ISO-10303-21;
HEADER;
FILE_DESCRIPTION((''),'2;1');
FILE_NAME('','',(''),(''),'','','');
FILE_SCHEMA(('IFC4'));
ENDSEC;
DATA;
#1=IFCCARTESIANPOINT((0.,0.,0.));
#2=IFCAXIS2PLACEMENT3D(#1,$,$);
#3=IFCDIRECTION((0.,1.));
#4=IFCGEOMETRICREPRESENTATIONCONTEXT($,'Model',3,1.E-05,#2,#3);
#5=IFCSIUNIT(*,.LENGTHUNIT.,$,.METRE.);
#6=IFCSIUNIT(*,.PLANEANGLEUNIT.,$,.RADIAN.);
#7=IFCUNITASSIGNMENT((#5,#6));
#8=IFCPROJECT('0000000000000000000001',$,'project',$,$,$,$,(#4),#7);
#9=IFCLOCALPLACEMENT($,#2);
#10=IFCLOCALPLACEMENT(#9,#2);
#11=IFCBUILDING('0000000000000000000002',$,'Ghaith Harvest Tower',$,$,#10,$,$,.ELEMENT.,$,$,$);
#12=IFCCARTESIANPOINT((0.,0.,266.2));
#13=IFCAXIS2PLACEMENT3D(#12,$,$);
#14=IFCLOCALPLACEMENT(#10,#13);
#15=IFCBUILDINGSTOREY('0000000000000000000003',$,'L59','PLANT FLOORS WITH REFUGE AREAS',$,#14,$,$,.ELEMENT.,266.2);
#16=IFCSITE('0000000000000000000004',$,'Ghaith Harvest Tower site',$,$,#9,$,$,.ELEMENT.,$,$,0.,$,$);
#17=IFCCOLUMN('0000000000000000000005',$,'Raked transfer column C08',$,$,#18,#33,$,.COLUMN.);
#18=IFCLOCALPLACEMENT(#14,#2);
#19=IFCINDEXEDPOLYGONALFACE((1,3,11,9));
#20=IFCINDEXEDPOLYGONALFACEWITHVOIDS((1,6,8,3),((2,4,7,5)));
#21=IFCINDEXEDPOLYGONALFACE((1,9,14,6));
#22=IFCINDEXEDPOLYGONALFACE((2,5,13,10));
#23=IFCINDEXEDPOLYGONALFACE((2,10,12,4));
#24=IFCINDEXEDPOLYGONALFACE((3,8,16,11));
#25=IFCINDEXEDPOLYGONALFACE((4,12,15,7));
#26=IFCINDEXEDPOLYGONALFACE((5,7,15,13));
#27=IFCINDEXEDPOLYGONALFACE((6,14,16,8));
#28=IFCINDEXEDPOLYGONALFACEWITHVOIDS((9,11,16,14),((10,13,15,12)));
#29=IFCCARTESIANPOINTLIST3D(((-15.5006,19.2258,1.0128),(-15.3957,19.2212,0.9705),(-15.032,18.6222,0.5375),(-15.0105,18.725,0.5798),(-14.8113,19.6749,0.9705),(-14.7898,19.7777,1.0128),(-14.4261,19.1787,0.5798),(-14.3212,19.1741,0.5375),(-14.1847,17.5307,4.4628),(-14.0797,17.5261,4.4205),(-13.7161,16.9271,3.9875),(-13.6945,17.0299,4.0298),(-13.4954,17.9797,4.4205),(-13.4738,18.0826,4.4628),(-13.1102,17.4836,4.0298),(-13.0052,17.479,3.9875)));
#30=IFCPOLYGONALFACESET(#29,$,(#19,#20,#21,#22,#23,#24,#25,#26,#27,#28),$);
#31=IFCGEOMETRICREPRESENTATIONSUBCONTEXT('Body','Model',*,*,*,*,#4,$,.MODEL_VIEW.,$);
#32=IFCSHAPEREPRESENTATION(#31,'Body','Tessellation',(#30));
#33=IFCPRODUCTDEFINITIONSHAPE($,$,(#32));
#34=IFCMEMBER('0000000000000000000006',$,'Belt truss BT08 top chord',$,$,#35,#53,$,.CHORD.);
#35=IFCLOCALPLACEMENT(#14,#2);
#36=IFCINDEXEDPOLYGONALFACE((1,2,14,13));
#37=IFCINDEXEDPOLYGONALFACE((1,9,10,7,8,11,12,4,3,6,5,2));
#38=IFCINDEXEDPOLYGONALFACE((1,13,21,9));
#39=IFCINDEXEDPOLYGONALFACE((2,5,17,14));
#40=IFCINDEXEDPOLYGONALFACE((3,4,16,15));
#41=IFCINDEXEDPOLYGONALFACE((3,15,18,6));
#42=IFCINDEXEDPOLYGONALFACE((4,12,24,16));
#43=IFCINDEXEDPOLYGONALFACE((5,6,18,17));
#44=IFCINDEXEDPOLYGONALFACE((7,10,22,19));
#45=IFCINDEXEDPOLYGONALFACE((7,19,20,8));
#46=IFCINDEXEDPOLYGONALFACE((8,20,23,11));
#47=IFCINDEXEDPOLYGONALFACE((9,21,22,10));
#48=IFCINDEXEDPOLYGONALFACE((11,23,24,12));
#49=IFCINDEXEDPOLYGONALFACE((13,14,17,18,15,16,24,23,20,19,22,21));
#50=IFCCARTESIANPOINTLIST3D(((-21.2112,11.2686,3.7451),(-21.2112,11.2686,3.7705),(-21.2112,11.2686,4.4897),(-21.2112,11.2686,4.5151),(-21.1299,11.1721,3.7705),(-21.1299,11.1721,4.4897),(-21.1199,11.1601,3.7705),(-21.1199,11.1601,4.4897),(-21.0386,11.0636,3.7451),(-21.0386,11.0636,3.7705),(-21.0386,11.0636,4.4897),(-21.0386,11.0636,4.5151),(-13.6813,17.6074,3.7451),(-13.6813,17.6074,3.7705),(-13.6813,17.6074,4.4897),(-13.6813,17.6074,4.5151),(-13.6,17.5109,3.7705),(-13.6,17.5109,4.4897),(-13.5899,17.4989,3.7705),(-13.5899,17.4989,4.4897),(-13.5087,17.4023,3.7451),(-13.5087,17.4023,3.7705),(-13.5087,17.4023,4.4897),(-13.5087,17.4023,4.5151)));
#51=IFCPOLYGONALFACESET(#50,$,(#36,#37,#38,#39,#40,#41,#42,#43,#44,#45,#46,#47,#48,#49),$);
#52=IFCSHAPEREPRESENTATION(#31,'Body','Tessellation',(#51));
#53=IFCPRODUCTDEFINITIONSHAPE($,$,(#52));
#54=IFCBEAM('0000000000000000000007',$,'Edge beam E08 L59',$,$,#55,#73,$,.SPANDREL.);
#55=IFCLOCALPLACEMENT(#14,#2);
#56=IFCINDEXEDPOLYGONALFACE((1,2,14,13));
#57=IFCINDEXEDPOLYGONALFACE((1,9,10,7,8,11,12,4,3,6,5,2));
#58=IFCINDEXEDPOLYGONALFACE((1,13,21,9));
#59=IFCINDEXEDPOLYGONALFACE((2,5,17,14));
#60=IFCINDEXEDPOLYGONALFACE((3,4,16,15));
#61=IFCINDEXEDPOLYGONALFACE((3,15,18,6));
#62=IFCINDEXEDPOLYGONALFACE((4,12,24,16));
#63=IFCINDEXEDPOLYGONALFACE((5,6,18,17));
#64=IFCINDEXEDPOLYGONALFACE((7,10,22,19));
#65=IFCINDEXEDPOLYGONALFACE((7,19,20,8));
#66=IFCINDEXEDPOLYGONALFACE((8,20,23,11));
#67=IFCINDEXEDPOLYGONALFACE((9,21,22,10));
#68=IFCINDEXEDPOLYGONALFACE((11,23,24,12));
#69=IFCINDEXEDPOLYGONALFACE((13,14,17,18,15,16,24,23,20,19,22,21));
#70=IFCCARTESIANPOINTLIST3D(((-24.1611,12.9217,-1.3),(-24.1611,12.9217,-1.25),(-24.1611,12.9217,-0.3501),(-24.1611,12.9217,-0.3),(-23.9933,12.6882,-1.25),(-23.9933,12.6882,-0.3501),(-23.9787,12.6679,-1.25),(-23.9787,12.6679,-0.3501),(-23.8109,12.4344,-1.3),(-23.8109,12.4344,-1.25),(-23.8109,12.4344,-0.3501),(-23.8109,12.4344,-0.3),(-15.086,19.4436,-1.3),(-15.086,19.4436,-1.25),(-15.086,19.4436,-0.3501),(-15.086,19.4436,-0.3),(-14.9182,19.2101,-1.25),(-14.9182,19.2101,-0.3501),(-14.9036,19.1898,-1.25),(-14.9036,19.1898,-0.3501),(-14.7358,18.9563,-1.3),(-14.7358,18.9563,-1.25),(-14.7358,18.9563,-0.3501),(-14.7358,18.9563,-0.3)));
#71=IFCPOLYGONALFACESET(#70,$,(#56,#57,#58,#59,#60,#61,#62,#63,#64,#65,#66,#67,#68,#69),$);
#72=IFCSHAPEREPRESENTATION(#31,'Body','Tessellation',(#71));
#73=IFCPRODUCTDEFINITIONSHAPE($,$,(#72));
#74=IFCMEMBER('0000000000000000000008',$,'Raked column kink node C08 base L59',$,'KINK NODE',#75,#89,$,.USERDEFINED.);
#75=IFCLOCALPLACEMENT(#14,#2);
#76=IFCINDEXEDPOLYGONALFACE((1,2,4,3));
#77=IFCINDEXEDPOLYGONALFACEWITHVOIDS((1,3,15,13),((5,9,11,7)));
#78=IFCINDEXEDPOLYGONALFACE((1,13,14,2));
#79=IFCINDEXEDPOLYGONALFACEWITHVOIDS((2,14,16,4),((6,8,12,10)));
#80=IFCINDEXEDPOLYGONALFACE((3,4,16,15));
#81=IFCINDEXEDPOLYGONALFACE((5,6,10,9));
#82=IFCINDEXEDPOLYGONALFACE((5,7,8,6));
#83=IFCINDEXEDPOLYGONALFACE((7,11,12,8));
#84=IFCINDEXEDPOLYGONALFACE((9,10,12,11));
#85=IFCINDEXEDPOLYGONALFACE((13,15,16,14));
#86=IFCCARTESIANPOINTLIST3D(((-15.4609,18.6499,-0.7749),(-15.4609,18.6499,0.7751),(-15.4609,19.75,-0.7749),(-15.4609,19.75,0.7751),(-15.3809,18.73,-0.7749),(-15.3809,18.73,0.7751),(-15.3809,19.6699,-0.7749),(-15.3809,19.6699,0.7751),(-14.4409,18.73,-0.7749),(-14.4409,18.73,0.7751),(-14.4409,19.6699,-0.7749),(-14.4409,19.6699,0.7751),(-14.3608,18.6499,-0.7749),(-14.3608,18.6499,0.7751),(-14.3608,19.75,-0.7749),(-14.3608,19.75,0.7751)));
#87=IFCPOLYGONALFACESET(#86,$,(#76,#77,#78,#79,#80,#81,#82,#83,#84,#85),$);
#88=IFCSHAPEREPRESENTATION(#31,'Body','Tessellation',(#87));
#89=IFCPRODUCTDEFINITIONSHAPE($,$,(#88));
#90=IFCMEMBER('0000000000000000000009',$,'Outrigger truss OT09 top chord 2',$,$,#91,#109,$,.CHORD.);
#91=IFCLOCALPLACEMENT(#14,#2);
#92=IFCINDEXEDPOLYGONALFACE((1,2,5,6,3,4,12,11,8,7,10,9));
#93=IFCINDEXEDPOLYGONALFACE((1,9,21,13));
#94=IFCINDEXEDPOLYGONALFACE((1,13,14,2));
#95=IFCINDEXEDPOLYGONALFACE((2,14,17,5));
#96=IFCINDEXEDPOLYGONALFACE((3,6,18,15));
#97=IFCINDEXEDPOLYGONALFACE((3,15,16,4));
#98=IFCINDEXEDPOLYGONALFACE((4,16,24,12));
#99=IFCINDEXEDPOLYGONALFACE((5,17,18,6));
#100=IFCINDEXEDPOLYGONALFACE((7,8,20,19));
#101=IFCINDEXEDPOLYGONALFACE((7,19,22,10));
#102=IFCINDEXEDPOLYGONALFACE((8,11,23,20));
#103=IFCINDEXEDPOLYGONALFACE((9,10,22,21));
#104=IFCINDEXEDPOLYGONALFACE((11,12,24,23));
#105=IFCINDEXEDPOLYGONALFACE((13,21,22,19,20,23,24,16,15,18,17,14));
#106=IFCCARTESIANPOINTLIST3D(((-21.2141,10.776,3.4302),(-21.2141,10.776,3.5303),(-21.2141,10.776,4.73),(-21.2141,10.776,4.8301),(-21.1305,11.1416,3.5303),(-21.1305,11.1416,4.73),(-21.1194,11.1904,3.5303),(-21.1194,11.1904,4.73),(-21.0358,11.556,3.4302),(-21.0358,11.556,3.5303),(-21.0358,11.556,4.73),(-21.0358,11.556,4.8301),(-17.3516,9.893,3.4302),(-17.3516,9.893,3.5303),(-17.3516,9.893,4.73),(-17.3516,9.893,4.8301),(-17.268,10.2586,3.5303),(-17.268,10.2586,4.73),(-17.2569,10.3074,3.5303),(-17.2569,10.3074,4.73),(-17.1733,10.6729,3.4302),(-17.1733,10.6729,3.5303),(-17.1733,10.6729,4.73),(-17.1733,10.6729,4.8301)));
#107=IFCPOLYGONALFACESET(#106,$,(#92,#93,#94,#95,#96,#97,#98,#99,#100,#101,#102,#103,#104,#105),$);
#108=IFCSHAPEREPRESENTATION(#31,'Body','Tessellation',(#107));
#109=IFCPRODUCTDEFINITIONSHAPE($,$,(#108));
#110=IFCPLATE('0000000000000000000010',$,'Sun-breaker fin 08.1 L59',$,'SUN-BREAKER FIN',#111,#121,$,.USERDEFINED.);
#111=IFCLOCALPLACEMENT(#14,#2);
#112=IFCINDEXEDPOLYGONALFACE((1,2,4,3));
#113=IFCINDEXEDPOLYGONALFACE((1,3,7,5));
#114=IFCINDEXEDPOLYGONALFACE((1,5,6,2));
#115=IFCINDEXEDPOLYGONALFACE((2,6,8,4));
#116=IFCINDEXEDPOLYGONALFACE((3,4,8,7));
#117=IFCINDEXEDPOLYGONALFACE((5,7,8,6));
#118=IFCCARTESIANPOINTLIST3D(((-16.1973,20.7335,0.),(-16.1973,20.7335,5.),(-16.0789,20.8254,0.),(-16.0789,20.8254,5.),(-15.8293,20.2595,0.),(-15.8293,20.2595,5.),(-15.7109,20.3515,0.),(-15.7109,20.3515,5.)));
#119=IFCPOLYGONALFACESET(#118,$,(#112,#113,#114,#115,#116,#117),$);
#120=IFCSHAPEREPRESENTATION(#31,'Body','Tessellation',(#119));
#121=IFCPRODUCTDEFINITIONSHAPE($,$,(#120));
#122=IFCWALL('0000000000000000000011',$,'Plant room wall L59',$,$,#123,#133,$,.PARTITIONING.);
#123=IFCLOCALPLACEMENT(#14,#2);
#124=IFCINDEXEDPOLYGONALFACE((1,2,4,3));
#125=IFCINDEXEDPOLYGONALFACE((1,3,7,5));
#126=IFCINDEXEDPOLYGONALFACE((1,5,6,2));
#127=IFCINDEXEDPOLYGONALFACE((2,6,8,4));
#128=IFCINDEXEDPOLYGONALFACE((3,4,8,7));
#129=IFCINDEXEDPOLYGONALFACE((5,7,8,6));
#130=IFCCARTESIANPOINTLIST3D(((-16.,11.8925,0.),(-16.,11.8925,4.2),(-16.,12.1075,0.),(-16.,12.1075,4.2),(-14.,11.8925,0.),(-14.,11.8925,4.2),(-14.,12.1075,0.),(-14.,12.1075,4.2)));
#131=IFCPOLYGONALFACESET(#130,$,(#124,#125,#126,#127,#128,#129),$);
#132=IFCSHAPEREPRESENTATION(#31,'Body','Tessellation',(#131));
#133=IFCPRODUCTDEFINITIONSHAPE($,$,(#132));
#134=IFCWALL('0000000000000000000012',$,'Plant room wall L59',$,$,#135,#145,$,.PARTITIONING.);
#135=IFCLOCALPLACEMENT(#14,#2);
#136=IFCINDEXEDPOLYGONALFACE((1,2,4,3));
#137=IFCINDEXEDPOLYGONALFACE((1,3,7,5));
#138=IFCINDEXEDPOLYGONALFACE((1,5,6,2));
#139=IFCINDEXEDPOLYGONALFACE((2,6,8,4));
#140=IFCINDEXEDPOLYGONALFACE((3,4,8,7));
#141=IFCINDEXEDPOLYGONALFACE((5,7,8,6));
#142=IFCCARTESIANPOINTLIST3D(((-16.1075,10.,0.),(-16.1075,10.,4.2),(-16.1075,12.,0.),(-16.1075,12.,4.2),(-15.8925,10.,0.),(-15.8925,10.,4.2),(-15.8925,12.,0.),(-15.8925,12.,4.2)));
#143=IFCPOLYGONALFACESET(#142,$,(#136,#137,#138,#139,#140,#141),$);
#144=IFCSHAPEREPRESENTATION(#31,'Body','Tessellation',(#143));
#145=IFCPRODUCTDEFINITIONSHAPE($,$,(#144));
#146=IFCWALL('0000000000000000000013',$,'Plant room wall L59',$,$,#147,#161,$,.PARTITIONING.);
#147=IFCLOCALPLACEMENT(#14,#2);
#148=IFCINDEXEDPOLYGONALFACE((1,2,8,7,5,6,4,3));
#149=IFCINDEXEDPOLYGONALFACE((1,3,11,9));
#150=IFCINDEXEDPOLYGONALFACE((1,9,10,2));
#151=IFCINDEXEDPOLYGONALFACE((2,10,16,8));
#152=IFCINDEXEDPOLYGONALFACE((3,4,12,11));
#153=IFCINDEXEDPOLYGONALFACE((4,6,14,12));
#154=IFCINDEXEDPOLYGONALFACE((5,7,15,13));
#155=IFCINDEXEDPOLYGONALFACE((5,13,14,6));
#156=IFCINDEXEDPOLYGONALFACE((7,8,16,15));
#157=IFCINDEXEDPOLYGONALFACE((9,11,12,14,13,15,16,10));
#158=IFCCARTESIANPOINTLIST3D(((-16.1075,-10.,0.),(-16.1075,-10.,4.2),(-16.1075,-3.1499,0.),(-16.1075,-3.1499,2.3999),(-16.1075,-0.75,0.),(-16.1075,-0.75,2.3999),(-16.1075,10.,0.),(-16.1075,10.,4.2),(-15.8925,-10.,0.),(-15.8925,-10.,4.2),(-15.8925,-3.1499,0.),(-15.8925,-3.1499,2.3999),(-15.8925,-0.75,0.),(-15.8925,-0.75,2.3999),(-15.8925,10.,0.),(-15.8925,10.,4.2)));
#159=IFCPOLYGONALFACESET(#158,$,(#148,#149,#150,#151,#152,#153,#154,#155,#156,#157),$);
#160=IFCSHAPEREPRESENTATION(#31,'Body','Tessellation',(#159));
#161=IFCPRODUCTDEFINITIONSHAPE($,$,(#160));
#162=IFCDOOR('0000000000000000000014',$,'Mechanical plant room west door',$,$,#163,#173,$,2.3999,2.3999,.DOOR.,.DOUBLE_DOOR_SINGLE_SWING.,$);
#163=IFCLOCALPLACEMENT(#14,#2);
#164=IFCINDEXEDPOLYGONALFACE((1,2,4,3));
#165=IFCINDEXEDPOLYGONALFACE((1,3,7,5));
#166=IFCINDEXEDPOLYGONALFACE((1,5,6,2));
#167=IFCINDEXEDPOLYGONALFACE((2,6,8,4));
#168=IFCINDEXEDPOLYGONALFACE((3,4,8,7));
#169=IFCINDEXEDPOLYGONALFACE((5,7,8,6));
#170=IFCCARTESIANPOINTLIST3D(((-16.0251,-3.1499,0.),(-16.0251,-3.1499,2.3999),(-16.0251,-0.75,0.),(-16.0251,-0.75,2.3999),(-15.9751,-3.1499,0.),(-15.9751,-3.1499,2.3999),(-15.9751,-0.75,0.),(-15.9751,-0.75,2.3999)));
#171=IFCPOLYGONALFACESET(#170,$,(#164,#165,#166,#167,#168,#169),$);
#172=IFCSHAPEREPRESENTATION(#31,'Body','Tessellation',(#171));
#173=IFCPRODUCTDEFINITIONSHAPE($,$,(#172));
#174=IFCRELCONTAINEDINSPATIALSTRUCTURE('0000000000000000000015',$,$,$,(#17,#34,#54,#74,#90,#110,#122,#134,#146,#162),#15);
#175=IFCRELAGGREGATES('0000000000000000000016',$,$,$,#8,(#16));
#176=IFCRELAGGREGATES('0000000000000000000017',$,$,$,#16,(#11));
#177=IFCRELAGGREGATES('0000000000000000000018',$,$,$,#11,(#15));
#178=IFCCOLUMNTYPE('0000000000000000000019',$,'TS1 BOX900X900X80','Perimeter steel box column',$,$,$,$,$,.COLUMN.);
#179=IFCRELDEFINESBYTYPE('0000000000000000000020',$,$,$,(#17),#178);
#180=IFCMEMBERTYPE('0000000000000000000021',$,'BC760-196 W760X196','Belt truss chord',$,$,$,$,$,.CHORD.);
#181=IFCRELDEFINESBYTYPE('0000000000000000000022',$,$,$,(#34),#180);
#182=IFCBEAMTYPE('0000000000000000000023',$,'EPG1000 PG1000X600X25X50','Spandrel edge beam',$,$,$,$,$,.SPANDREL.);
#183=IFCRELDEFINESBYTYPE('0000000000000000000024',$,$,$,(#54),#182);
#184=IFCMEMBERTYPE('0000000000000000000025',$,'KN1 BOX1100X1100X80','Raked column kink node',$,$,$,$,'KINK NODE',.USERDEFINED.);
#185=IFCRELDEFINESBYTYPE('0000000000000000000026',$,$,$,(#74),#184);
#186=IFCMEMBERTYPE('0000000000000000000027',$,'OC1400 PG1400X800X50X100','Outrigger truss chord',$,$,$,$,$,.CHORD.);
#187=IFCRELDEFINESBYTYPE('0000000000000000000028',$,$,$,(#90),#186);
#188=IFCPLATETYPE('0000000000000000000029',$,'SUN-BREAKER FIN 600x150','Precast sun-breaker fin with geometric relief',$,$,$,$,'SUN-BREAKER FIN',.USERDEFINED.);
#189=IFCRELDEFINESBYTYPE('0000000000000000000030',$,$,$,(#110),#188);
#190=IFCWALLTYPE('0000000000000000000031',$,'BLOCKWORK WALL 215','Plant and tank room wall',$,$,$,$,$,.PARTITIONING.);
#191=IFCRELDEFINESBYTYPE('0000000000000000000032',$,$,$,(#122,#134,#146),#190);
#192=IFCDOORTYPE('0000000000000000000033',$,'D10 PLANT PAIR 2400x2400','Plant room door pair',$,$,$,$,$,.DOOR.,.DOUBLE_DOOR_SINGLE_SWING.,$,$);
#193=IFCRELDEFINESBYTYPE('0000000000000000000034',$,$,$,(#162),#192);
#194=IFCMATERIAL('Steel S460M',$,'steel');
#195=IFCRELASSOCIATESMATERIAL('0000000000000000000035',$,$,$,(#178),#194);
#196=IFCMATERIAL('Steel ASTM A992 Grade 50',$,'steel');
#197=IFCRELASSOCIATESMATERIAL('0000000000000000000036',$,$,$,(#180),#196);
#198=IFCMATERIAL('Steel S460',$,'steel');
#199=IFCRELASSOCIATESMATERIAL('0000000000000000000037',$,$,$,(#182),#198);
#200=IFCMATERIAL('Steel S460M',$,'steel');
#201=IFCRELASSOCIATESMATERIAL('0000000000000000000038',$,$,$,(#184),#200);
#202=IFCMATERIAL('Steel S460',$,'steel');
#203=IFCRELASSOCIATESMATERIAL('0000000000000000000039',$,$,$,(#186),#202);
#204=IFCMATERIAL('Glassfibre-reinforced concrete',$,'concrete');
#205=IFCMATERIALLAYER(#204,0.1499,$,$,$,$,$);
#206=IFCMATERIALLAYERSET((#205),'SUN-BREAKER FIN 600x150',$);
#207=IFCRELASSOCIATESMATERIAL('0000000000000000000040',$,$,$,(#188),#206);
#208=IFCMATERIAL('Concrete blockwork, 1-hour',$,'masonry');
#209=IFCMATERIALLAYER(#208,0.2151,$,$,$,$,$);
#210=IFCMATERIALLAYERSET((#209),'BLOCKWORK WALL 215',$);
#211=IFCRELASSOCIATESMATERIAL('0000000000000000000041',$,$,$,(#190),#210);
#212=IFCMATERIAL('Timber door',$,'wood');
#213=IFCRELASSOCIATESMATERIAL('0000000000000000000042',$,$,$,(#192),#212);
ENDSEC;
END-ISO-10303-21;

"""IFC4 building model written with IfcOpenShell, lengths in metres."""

from ifc_helpers import new_model, si_unit, direction, frame, frame_2d, origin, origin_2d, place, context, subcontext, project, spatial, rectangle, hollow_rectangle, i_section, extrude, material, layer, layer_set, material_profile, profile_set, type_object, element, fill, save


model = new_model("IFC4")

# Units and contexts
model_context = context("Model", 3, precision=1e-05, world=origin(), true_north=direction((0.0, 1.0)))
body_context = subcontext(model_context, "Body", "Model", "MODEL_VIEW")
ifc_project = project(units=[si_unit("LENGTHUNIT", "METRE"), si_unit("PLANEANGLEUNIT", "RADIAN")], contexts=[model_context])

# Site, building, storey
site_placement = place(None, origin())
site = spatial("IfcSite", under=ifc_project, at=site_placement, Name="Ghaith Harvest Tower site", CompositionType="ELEMENT", RefElevation=0.0)
building_placement = place(site_placement, origin())
building = spatial("IfcBuilding", under=site, at=building_placement, Name="Ghaith Harvest Tower", CompositionType="ELEMENT")
storey_placement = place(building_placement, frame((0.0, 0.0, 266.2)))
storey = spatial("IfcBuildingStorey", under=building, at=storey_placement, Name="L59", Description="PLANT FLOORS WITH REFUGE AREAS", CompositionType="ELEMENT", Elevation=266.2)

# Column
ifc_material_1 = material(Name="Steel S460M", Category="steel")
ifc_material_profile_1 = material_profile(ifc_material_1, hollow_rectangle(XDim=0.8999, YDim=0.8999, WallThickness=0.0801, at=origin_2d()), Name="BOX900X900X80")
ifc_profile_set_1 = profile_set([ifc_material_profile_1], Name="Steel S460M")
column_type = type_object("IfcColumnType", Name="TS1 BOX900X900X80", Description="Perimeter steel box column", PredefinedType="COLUMN", material=ifc_profile_set_1)
column_placement = place(storey_placement, frame((-14.9109, 19.2, 0.7751), z_axis=(0.323887, -0.417208, 0.849138), x_axis=(0.789909, 0.613224, 0.0)))
element("IfcColumn", 1, at=column_placement, inside=storey, type_object=column_type, Name="Raked transfer column C08", PredefinedType="COLUMN", context=body_context, shape_type="SweptSolid", body=[
    extrude(hollow_rectangle(XDim=0.8999, YDim=0.8999, WallThickness=0.0801, at=origin_2d()), origin(), (0.0, 0.0, 1.0), 4.063),
])

# Member
ifc_material_2 = material(Name="Steel ASTM A992 Grade 50", Category="steel")
ifc_material_profile_2 = material_profile(ifc_material_2, i_section(OverallWidth=0.2681, OverallDepth=0.77, WebThickness=0.0156, FlangeThickness=0.0254, at=origin_2d()), Name="W760X196")
ifc_profile_set_2 = profile_set([ifc_material_profile_2], Name="Steel ASTM A992 Grade 50")
member_type_1 = type_object("IfcMemberType", Name="BC760-196 W760X196", Description="Belt truss chord", PredefinedType="CHORD", material=ifc_profile_set_2)
member_1_placement = place(storey_placement, frame((-13.595, 17.5049, 4.1301), z_axis=(-0.765022, -0.644004, 0.0), x_axis=(0.644004, -0.765022, 0.0)))
element("IfcMember", 2, at=member_1_placement, inside=storey, type_object=member_type_1, Name="Belt truss BT08 top chord", PredefinedType="CHORD", context=body_context, shape_type="SweptSolid", body=[
    extrude(i_section(OverallWidth=0.2681, OverallDepth=0.77, WebThickness=0.0156, FlangeThickness=0.0254, at=origin_2d()), origin(), (0.0, 0.0, 1.0), 9.8428),
])

# Beam
ifc_material_3 = material(Name="Steel S460", Category="steel")
ifc_material_profile_3 = material_profile(ifc_material_3, i_section(OverallWidth=0.6001, OverallDepth=1.0, WebThickness=0.0249, FlangeThickness=0.05, at=origin_2d()), Name="PG1000X600X25X50")
ifc_profile_set_3 = profile_set([ifc_material_profile_3], Name="Steel S460")
beam_type = type_object("IfcBeamType", Name="EPG1000 PG1000X600X25X50", Description="Spandrel edge beam", PredefinedType="SPANDREL", material=ifc_profile_set_3)
beam_placement = place(storey_placement, frame((-14.9109, 19.2, -0.8), z_axis=(-0.81205, -0.583587, 0.0), x_axis=(0.583587, -0.81205, 0.0)))
element("IfcBeam", 3, at=beam_placement, inside=storey, type_object=beam_type, Name="Edge beam E08 L59", PredefinedType="SPANDREL", context=body_context, shape_type="SweptSolid", body=[
    extrude(i_section(OverallWidth=0.6001, OverallDepth=1.0, WebThickness=0.0249, FlangeThickness=0.05, at=origin_2d()), origin(), (0.0, 0.0, 1.0), 11.1755),
])

# Members
ifc_material_4 = material(Name="Steel S460M", Category="steel")
ifc_material_profile_4 = material_profile(ifc_material_4, hollow_rectangle(XDim=1.1001, YDim=1.1001, WallThickness=0.0801, at=origin_2d()), Name="BOX1100X1100X80")
ifc_profile_set_4 = profile_set([ifc_material_profile_4], Name="Steel S460M")
member_type_2 = type_object("IfcMemberType", Name="KN1 BOX1100X1100X80", Description="Raked column kink node", ElementType="KINK NODE", PredefinedType="USERDEFINED", material=ifc_profile_set_4)
member_2_placement = place(storey_placement, frame((-14.9109, 19.2, -0.7749), z_axis=(0.0, 0.0, 1.0), x_axis=(1.0, 0.0, 0.0)))
element("IfcMember", 4, at=member_2_placement, inside=storey, type_object=member_type_2, Name="Raked column kink node C08 base L59", ObjectType="KINK NODE", PredefinedType="USERDEFINED", context=body_context, shape_type="SweptSolid", body=[
    extrude(hollow_rectangle(XDim=1.1001, YDim=1.1001, WallThickness=0.0801, at=origin_2d()), origin(), (0.0, 0.0, 1.0), 1.55),
])
ifc_material_5 = material(Name="Steel S460", Category="steel")
ifc_material_profile_5 = material_profile(ifc_material_5, i_section(OverallWidth=0.8, OverallDepth=1.3999, WebThickness=0.05, FlangeThickness=0.1001, at=origin_2d()), Name="PG1400X800X50X100")
ifc_profile_set_5 = profile_set([ifc_material_profile_5], Name="Steel S460")
member_type_3 = type_object("IfcMemberType", Name="OC1400 PG1400X800X50X100", Description="Outrigger truss chord", PredefinedType="CHORD", material=ifc_profile_set_5)
member_3_placement = place(storey_placement, frame((-17.2625, 10.283, 4.1301), z_axis=(-0.974848, 0.22287, 0.0), x_axis=(-0.22287, -0.974848, 0.0)))
element("IfcMember", 5, at=member_3_placement, inside=storey, type_object=member_type_3, Name="Outrigger truss OT09 top chord 2", PredefinedType="CHORD", context=body_context, shape_type="SweptSolid", body=[
    extrude(i_section(OverallWidth=0.8, OverallDepth=1.3999, WebThickness=0.05, FlangeThickness=0.1001, at=origin_2d()), origin(), (0.0, 0.0, 1.0), 3.9622),
])

# Plate
ifc_material_6 = material(Name="Glassfibre-reinforced concrete", Category="concrete")
ifc_layer_1 = layer(ifc_material_6, 0.1499)
ifc_layer_set_1 = layer_set([ifc_layer_1], Name="SUN-BREAKER FIN 600x150")
plate_type = type_object("IfcPlateType", Name="SUN-BREAKER FIN 600x150", Description="Precast sun-breaker fin with geometric relief", ElementType="SUN-BREAKER FIN", PredefinedType="USERDEFINED", material=ifc_layer_set_1)
plate_placement = place(storey_placement, frame((-15.9541, 20.5425, 0.0), z_axis=(0.0, 0.0, 1.0), x_axis=(-0.613378, 0.78979, 0.0)))
element("IfcPlate", 6, at=plate_placement, inside=storey, type_object=plate_type, Name="Sun-breaker fin 08.1 L59", ObjectType="SUN-BREAKER FIN", PredefinedType="USERDEFINED", context=body_context, shape_type="SweptSolid", body=[
    extrude(rectangle(XDim=0.6001, YDim=0.1499, at=origin_2d()), origin(), (0.0, 0.0, 1.0), 5.0),
])

# Walls
ifc_material_7 = material(Name="Concrete blockwork, 1-hour", Category="masonry")
ifc_layer_2 = layer(ifc_material_7, 0.2151)
ifc_layer_set_2 = layer_set([ifc_layer_2], Name="BLOCKWORK WALL 215")
wall_type_1 = type_object("IfcWallType", Name="BLOCKWORK WALL 215", Description="Plant and tank room wall", PredefinedType="PARTITIONING", material=ifc_layer_set_2)
for number, where, z_axis, x_axis, name in (
    (7, (-14.0, 12.0, 0.0), (0.0, 0.0, 1.0), (-1.0, 0.0, 0.0), "Plant room wall L59"),
    (8, (-16.0, 12.0, 0.0), (0.0, 0.0, 1.0), (0.0, -1.0, 0.0), "Plant room wall L59"),
):
    element("IfcWall", number, at=place(storey_placement, frame(where, z_axis=z_axis, x_axis=x_axis)), inside=storey, type_object=wall_type_1, Name=name, PredefinedType="PARTITIONING", context=body_context, shape_type="SweptSolid", body=[
        extrude(rectangle(XDim=2.0, YDim=0.2151, at=frame_2d((1.0, 0.0))), origin(), (0.0, 0.0, 1.0), 4.2),
    ])

# Wall, opening, door
wall_1_placement = place(storey_placement, frame((-16.0, 10.0, 0.0), z_axis=(0.0, 0.0, 1.0), x_axis=(0.0, -1.0, 0.0)))
wall_1 = element("IfcWall", 9, at=wall_1_placement, inside=storey, type_object=wall_type_1, Name="Plant room wall L59", PredefinedType="PARTITIONING", context=body_context, shape_type="SweptSolid", body=[
    extrude(rectangle(XDim=20.0, YDim=0.2151, at=frame_2d((10.0, 0.0))), origin(), (0.0, 0.0, 1.0), 4.2),
])
opening_1_placement = place(wall_1_placement, frame((10.75, 0.0, 0.0)))
opening_1 = element("IfcOpeningElement", 10, at=opening_1_placement, cuts=wall_1, PredefinedType="OPENING", context=body_context, shape_type="SweptSolid", body=[
    extrude(rectangle(XDim=2.3999, YDim=2.3999, at=frame_2d((1.2, 1.2))), frame((0.0, 0.1177, 0.0), z_axis=(0.0, -1.0, 0.0), x_axis=(1.0, 0.0, 0.0)), (0.0, 0.0, 1.0), 0.2351),
])
ifc_material_8 = material(Name="Timber door", Category="wood")
door_type_1 = type_object("IfcDoorType", Name="D10 PLANT PAIR 2400x2400", Description="Plant room door pair", OperationType="DOUBLE_DOOR_SINGLE_SWING", PredefinedType="DOOR", material=ifc_material_8)
door_1_placement = place(opening_1_placement, origin())
door_1 = element("IfcDoor", 11, at=door_1_placement, inside=storey, type_object=door_type_1, Name="Mechanical plant room west door", OperationType="DOUBLE_DOOR_SINGLE_SWING", OverallHeight=2.3999, OverallWidth=2.3999, PredefinedType="DOOR", context=body_context, shape_type="SweptSolid", body=[
    extrude(rectangle(XDim=2.3999, YDim=2.3999, at=frame_2d((1.2, 1.2))), frame((0.0, 0.0249, 0.0), z_axis=(0.0, -1.0, 0.0), x_axis=(1.0, 0.0, 0.0)), (0.0, 0.0, 1.0), 0.05),
])
fill(opening_1, door_1)

save(model, "model.ifc")
